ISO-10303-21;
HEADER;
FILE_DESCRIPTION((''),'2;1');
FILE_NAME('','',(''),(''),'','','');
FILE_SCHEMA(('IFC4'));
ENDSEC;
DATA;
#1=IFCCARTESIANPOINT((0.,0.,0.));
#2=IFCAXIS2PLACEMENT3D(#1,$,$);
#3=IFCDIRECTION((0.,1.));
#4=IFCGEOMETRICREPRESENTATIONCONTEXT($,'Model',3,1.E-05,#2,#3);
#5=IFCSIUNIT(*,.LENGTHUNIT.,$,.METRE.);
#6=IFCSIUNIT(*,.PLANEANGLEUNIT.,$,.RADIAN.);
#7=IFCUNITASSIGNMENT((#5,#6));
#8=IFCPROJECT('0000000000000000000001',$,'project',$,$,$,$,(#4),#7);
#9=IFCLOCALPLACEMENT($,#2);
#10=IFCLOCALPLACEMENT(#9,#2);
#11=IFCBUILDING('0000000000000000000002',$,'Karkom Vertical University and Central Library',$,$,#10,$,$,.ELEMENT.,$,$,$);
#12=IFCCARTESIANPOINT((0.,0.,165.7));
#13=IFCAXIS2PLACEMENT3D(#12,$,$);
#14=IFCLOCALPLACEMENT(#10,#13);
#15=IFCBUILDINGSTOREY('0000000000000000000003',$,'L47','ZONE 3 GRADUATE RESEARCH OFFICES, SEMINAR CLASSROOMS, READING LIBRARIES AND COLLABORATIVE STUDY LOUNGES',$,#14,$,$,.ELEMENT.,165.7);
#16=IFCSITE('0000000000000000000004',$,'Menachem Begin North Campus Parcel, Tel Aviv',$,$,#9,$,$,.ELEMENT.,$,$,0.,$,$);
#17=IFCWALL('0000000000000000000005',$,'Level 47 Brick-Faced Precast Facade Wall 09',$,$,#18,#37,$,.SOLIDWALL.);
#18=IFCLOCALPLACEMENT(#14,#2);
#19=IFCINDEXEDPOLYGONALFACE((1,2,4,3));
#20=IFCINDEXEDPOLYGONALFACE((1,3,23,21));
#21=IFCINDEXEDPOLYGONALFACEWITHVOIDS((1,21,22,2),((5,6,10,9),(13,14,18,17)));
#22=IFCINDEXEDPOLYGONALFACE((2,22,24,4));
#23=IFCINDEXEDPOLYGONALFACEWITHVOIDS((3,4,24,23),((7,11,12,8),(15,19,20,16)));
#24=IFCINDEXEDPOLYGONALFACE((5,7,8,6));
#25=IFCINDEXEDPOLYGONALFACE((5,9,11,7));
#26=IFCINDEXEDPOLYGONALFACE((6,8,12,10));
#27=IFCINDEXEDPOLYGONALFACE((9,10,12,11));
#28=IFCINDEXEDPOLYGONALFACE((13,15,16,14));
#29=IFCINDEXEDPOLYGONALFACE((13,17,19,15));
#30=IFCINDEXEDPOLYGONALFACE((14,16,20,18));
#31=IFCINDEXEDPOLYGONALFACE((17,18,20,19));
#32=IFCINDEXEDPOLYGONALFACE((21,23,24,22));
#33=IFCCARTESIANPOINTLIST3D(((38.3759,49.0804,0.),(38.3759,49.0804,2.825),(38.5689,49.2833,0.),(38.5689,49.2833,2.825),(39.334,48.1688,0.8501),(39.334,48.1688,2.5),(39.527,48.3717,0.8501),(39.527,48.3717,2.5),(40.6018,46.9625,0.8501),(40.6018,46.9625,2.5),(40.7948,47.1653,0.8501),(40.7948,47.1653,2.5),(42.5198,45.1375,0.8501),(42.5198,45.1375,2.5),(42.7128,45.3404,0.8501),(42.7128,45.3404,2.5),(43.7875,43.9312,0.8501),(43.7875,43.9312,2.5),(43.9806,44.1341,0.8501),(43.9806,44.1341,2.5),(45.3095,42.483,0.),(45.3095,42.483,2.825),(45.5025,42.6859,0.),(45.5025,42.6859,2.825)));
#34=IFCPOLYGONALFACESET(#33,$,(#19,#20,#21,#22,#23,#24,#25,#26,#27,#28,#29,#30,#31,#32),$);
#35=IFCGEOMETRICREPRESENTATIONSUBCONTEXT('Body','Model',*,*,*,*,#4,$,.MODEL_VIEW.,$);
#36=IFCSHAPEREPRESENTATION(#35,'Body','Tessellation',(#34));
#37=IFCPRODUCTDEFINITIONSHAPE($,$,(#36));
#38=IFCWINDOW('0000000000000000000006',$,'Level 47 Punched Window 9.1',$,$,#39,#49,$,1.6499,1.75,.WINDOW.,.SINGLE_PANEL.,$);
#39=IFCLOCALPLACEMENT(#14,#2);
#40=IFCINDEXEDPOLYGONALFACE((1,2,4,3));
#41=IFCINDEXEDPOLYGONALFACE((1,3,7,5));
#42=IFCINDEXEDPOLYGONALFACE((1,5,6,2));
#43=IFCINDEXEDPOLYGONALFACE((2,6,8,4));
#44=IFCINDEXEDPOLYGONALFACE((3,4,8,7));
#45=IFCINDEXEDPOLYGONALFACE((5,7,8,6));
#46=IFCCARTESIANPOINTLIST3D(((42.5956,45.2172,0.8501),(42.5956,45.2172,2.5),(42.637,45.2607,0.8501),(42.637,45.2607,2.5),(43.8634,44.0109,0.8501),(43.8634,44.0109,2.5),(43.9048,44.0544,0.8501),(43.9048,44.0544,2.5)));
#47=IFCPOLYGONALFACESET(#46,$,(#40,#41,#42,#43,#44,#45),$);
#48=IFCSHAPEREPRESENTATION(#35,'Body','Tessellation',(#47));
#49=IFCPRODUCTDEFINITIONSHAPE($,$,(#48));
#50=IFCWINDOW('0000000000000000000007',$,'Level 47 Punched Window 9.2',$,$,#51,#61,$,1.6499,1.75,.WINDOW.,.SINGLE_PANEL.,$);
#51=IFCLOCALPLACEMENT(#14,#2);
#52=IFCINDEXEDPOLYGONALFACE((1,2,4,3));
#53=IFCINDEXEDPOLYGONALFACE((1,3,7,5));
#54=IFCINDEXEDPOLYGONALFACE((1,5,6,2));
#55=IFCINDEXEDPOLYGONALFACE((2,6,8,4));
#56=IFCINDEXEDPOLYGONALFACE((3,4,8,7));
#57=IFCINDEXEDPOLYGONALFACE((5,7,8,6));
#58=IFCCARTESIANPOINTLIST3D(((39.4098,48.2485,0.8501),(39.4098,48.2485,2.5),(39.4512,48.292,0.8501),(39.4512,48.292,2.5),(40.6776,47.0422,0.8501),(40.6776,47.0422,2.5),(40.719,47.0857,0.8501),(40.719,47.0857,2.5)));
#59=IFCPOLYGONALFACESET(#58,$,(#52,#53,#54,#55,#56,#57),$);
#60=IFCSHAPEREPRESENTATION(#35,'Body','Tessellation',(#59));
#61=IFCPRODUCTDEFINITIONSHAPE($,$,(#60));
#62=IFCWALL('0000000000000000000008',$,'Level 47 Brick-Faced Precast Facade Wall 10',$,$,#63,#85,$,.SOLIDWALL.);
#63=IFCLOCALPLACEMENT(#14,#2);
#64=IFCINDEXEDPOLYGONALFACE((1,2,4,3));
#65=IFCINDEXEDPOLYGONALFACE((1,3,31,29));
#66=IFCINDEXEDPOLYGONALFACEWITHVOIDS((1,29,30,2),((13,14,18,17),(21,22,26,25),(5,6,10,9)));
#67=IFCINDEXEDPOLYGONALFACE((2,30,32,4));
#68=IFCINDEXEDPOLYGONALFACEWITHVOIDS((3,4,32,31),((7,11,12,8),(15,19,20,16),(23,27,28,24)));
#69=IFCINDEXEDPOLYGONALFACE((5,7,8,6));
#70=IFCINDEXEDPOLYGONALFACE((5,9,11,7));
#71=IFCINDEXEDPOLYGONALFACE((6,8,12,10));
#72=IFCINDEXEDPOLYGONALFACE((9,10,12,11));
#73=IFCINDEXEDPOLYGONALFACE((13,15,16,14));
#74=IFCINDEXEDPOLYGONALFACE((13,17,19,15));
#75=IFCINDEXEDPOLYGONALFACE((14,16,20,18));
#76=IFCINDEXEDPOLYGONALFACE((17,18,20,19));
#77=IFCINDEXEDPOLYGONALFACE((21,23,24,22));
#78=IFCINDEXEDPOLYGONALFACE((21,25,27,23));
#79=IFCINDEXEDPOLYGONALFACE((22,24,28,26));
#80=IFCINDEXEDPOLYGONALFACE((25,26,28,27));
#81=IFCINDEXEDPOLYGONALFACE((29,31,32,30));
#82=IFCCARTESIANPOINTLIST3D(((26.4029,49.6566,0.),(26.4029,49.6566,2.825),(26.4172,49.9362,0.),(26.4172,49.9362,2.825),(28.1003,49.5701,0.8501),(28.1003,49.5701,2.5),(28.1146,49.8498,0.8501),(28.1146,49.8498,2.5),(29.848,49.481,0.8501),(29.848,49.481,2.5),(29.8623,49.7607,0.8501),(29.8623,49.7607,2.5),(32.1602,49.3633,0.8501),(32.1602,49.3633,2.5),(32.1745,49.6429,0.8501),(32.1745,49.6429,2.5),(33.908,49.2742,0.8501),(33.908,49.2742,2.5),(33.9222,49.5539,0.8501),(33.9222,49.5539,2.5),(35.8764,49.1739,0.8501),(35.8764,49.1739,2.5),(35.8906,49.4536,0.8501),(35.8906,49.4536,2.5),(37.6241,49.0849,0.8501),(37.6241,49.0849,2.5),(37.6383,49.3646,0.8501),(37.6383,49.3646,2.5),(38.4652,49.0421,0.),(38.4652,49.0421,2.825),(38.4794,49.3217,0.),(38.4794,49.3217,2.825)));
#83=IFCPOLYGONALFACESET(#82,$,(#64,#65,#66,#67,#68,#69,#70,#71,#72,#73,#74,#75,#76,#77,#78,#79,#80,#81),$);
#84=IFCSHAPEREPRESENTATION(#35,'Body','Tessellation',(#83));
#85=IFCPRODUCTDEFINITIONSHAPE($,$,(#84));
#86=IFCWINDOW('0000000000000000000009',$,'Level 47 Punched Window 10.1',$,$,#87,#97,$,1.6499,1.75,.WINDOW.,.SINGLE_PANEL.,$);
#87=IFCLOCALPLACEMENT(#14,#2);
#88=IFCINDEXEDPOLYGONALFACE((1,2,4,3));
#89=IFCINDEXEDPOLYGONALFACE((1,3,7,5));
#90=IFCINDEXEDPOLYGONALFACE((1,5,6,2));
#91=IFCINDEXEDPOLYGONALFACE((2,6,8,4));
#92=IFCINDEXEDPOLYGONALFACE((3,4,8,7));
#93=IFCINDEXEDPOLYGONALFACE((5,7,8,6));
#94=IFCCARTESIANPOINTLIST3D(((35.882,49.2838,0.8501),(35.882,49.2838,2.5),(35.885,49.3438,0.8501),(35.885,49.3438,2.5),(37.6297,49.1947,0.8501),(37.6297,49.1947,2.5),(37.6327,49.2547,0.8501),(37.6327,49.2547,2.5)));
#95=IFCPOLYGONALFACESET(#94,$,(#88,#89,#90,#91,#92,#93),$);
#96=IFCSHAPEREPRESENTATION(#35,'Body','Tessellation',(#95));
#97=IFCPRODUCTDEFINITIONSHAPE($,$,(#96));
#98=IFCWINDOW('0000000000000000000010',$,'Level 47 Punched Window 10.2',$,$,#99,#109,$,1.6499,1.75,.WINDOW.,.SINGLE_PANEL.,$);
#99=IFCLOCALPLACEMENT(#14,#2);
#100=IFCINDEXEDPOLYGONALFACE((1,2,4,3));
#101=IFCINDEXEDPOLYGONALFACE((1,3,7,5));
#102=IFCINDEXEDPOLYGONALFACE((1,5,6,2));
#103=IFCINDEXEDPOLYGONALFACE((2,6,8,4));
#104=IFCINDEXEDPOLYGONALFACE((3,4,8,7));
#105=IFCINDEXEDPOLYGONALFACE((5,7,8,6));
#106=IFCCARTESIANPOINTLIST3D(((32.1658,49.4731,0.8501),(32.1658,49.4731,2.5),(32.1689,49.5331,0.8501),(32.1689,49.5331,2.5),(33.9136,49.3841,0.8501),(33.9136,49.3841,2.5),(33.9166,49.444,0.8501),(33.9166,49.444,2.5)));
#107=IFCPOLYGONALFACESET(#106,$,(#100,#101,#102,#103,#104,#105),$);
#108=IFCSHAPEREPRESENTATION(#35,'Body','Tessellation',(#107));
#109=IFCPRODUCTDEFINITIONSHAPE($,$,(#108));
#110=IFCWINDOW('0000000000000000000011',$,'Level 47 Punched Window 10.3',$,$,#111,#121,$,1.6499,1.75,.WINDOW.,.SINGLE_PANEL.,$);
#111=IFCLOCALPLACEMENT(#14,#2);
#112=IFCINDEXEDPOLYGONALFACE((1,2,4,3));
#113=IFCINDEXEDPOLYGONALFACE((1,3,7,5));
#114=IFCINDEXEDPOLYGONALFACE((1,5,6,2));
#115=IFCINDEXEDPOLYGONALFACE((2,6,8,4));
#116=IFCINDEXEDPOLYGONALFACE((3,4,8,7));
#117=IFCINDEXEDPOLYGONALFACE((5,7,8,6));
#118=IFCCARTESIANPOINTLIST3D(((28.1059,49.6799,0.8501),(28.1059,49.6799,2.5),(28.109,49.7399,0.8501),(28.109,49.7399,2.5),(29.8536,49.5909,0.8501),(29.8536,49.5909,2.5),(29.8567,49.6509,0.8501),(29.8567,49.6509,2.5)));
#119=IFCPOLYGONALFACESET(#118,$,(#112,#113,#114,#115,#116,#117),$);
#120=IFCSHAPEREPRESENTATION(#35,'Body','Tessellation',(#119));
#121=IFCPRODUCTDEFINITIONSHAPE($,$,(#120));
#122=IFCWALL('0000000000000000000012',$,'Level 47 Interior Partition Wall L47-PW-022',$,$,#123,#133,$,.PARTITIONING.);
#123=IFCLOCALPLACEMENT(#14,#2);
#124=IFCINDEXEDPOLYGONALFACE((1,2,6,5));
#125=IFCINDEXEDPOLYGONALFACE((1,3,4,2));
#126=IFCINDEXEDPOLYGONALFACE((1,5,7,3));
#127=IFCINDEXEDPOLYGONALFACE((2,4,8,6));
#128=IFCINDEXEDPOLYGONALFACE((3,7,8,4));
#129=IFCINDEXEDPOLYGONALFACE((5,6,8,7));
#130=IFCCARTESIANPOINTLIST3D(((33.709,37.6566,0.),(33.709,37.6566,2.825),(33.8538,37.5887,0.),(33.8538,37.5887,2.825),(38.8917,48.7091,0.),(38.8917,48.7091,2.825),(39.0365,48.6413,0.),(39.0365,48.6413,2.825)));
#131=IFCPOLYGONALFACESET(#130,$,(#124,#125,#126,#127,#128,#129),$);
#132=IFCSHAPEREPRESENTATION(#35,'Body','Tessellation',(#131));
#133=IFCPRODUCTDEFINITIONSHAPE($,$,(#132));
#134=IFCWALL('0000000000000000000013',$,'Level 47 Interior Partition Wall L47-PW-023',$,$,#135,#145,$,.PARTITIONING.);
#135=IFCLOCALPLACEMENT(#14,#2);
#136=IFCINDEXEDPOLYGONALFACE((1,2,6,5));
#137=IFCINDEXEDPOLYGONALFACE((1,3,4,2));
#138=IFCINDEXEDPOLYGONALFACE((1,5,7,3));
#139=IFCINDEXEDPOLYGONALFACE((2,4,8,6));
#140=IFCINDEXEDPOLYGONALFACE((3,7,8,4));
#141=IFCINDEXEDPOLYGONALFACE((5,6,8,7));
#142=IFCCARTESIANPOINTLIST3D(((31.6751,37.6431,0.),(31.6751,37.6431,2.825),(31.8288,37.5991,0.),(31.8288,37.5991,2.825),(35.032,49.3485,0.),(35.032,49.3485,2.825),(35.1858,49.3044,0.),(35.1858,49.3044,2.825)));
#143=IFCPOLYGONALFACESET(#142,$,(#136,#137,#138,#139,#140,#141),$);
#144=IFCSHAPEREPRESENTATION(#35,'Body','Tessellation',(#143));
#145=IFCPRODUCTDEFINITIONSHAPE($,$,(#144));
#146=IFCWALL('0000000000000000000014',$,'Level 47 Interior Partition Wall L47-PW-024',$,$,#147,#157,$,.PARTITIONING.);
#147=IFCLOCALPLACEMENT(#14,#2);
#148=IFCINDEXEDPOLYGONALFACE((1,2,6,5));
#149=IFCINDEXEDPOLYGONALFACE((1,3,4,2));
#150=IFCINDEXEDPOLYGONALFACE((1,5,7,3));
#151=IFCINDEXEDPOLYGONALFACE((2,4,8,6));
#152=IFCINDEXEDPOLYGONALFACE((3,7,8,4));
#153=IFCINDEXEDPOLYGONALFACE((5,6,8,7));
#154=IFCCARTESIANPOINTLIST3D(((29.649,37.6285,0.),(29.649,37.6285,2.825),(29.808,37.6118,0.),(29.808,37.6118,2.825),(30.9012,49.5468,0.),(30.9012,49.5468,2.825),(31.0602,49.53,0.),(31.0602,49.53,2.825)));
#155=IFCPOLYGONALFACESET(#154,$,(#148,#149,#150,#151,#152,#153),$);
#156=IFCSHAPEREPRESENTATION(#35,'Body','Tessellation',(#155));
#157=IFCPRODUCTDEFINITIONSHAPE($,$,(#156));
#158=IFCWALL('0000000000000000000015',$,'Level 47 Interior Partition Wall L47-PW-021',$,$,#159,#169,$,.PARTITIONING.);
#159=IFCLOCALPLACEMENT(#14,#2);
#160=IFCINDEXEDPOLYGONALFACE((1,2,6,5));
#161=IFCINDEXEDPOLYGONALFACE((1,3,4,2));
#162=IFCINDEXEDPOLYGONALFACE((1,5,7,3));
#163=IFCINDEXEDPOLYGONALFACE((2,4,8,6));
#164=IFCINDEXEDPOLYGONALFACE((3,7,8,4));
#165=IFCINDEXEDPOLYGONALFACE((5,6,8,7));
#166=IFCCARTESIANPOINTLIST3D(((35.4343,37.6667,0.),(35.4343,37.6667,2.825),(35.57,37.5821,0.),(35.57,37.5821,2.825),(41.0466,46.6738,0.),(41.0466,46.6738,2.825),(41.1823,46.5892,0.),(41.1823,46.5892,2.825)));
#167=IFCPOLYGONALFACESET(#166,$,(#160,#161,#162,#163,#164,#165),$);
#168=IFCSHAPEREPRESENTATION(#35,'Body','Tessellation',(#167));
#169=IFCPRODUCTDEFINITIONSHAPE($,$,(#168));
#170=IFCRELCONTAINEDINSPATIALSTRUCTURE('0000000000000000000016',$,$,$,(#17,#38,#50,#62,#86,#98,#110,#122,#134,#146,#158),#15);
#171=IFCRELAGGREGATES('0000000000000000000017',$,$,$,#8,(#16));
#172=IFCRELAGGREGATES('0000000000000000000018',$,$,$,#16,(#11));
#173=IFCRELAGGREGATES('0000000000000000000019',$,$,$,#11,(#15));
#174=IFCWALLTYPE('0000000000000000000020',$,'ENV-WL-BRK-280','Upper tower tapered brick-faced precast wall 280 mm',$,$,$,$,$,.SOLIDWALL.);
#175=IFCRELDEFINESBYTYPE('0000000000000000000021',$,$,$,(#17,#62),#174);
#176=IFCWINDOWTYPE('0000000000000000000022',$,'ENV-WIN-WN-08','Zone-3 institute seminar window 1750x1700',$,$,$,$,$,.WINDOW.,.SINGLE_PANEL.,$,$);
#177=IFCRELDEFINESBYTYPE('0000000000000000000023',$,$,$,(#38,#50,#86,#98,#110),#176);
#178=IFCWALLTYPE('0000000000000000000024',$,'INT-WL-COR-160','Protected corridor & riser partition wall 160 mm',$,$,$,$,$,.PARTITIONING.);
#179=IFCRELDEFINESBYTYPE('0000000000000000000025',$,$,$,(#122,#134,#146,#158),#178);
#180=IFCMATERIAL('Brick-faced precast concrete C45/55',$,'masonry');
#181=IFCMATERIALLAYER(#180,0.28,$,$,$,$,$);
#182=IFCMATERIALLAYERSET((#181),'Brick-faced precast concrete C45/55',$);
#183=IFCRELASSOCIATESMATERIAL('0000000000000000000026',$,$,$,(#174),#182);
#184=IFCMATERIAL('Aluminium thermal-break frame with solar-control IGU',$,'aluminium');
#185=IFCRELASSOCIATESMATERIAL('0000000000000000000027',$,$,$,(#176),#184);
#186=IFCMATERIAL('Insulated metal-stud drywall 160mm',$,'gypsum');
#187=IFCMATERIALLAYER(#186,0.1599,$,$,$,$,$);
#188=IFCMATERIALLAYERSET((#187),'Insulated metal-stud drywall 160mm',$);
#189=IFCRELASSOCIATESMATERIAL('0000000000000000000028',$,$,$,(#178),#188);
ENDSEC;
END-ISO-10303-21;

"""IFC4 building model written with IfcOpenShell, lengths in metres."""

from ifc_helpers import new_model, si_unit, direction, frame, frame_2d, origin, origin_with_axes, place, context, subcontext, project, spatial, rectangle, extrude, source, transform, mapped, material, layer, layer_set, type_object, element, fill, save


model = new_model("IFC4")

# Units and contexts
model_context = context("Model", 3, precision=1e-05, world=origin(), true_north=direction((0.0, 1.0)))
body_context = subcontext(model_context, "Body", "Model", "MODEL_VIEW")
ifc_project = project(units=[si_unit("LENGTHUNIT", "METRE"), si_unit("PLANEANGLEUNIT", "RADIAN")], contexts=[model_context])

# Site, building, storey
site_placement = place(None, origin())
site = spatial("IfcSite", under=ifc_project, at=site_placement, Name="Menachem Begin North Campus Parcel, Tel Aviv", CompositionType="ELEMENT", RefElevation=0.0)
building_placement = place(site_placement, origin())
building = spatial("IfcBuilding", under=site, at=building_placement, Name="Karkom Vertical University and Central Library", CompositionType="ELEMENT")
storey_placement = place(building_placement, frame((0.0, 0.0, 165.7)))
storey = spatial("IfcBuildingStorey", under=building, at=storey_placement, Name="L47", Description="ZONE 3 GRADUATE RESEARCH OFFICES, SEMINAR CLASSROOMS, READING LIBRARIES AND COLLABORATIVE STUDY LOUNGES", CompositionType="ELEMENT", Elevation=165.7)

# Walls, openings, windows
ifc_material_1 = material(Name="Brick-faced precast concrete C45/55", Category="masonry")
ifc_layer_1 = layer(ifc_material_1, 0.28)
ifc_layer_set_1 = layer_set([ifc_layer_1], Name="Brick-faced precast concrete C45/55")
wall_type_1 = type_object("IfcWallType", Name="ENV-WL-BRK-280", Description="Upper tower tapered brick-faced precast wall 280 mm", PredefinedType="SOLIDWALL", material=ifc_layer_set_1)
wall_1_placement = place(storey_placement, frame((45.406, 42.5845, 0.0), z_axis=(0.0, 0.0, 1.0), x_axis=(-0.724451, 0.689326, 0.0)))
wall_1 = element("IfcWall", 1, at=wall_1_placement, inside=storey, type_object=wall_type_1, Name="Level 47 Brick-Faced Precast Facade Wall 09", PredefinedType="SOLIDWALL", context=body_context, shape_type="SweptSolid", body=[
    extrude(rectangle(XDim=9.5708, YDim=0.28, at=frame_2d((4.7854, 0.0))), origin(), (0.0, 0.0, 1.0), 2.825),
])
opening_1_placement = place(wall_1_placement, frame((2.1008, 0.0, 0.8501)))
opening_1 = element("IfcOpeningElement", 2, at=opening_1_placement, cuts=wall_1, PredefinedType="OPENING", context=body_context, shape_type="SweptSolid", body=[
    extrude(rectangle(XDim=1.75, YDim=1.6499, at=frame_2d((0.875, 0.825))), frame((0.0, 0.1499, 0.0), z_axis=(0.0, -1.0, 0.0), x_axis=(1.0, 0.0, 0.0)), (0.0, 0.0, 1.0), 0.3),
])
opening_2_placement = place(wall_1_placement, frame((6.4983, 0.0, 0.8501)))
opening_2 = element("IfcOpeningElement", 3, at=opening_2_placement, cuts=wall_1, PredefinedType="OPENING", context=body_context, shape_type="SweptSolid", body=[
    extrude(rectangle(XDim=1.75, YDim=1.6499, at=frame_2d((0.875, 0.825))), frame((0.0, 0.1499, 0.0), z_axis=(0.0, -1.0, 0.0), x_axis=(1.0, 0.0, 0.0)), (0.0, 0.0, 1.0), 0.3),
])
ifc_material_2 = material(Name="Aluminium thermal-break frame with solar-control IGU", Category="aluminium")
window_type = type_object("IfcWindowType", Name="ENV-WIN-WN-08", Description="Zone-3 institute seminar window 1750x1700", PartitioningType="SINGLE_PANEL", PredefinedType="WINDOW", material=ifc_material_2)
shared_shape_1 = source(origin_with_axes(), body_context, "Body", "SweptSolid", [
    extrude(rectangle(XDim=1.75, YDim=1.6499, at=frame_2d((0.875, 0.825))), frame((0.0, 0.03, 0.0), z_axis=(0.0, -1.0, 0.0), x_axis=(1.0, 0.0, 0.0)), (0.0, 0.0, 1.0), 0.0601),
])
window_1_placement = place(opening_1_placement, origin())
window_1 = element("IfcWindow", 4, at=window_1_placement, inside=storey, type_object=window_type, Name="Level 47 Punched Window 9.1", OverallHeight=1.6499, OverallWidth=1.75, PartitioningType="SINGLE_PANEL", PredefinedType="WINDOW", context=body_context, shape_type="MappedRepresentation", body=[
    mapped(shared_shape_1, transform((0.0, 0.0, 0.0), scale=1.0)),
])
fill(opening_1, window_1)
window_2_placement = place(opening_2_placement, origin())
window_2 = element("IfcWindow", 5, at=window_2_placement, inside=storey, type_object=window_type, Name="Level 47 Punched Window 9.2", OverallHeight=1.6499, OverallWidth=1.75, PartitioningType="SINGLE_PANEL", PredefinedType="WINDOW", context=body_context, shape_type="MappedRepresentation", body=[
    mapped(shared_shape_1, transform((0.0, 0.0, 0.0), scale=1.0)),
])
fill(opening_2, window_2)
wall_2_placement = place(storey_placement, frame((38.4724, 49.1819, 0.0), z_axis=(0.0, 0.0, 1.0), x_axis=(-0.998705, 0.050878, 0.0)))
wall_2 = element("IfcWall", 6, at=wall_2_placement, inside=storey, type_object=wall_type_1, Name="Level 47 Brick-Faced Precast Facade Wall 10", PredefinedType="SOLIDWALL", context=body_context, shape_type="SweptSolid", body=[
    extrude(rectangle(XDim=12.0779, YDim=0.28, at=frame_2d((6.0391, 0.0))), origin(), (0.0, 0.0, 1.0), 2.825),
])
opening_3_placement = place(wall_2_placement, frame((0.8423, 0.0, 0.8501)))
opening_3 = element("IfcOpeningElement", 7, at=opening_3_placement, cuts=wall_2, PredefinedType="OPENING", context=body_context, shape_type="SweptSolid", body=[
    extrude(rectangle(XDim=1.75, YDim=1.6499, at=frame_2d((0.875, 0.825))), frame((0.0, 0.1499, 0.0), z_axis=(0.0, -1.0, 0.0), x_axis=(1.0, 0.0, 0.0)), (0.0, 0.0, 1.0), 0.3),
])
opening_4_placement = place(wall_2_placement, frame((4.5632, 0.0, 0.8501)))
opening_4 = element("IfcOpeningElement", 8, at=opening_4_placement, cuts=wall_2, PredefinedType="OPENING", context=body_context, shape_type="SweptSolid", body=[
    extrude(rectangle(XDim=1.75, YDim=1.6499, at=frame_2d((0.875, 0.825))), frame((0.0, 0.1499, 0.0), z_axis=(0.0, -1.0, 0.0), x_axis=(1.0, 0.0, 0.0)), (0.0, 0.0, 1.0), 0.3),
])
opening_5_placement = place(wall_2_placement, frame((8.6284, 0.0, 0.8501)))
opening_5 = element("IfcOpeningElement", 9, at=opening_5_placement, cuts=wall_2, PredefinedType="OPENING", context=body_context, shape_type="SweptSolid", body=[
    extrude(rectangle(XDim=1.75, YDim=1.6499, at=frame_2d((0.875, 0.825))), frame((0.0, 0.1499, 0.0), z_axis=(0.0, -1.0, 0.0), x_axis=(1.0, 0.0, 0.0)), (0.0, 0.0, 1.0), 0.3),
])
window_3_placement = place(opening_3_placement, origin())
window_3 = element("IfcWindow", 10, at=window_3_placement, inside=storey, type_object=window_type, Name="Level 47 Punched Window 10.1", OverallHeight=1.6499, OverallWidth=1.75, PartitioningType="SINGLE_PANEL", PredefinedType="WINDOW", context=body_context, shape_type="MappedRepresentation", body=[
    mapped(shared_shape_1, transform((0.0, 0.0, 0.0), scale=1.0)),
])
fill(opening_3, window_3)
window_4_placement = place(opening_4_placement, origin())
window_4 = element("IfcWindow", 11, at=window_4_placement, inside=storey, type_object=window_type, Name="Level 47 Punched Window 10.2", OverallHeight=1.6499, OverallWidth=1.75, PartitioningType="SINGLE_PANEL", PredefinedType="WINDOW", context=body_context, shape_type="MappedRepresentation", body=[
    mapped(shared_shape_1, transform((0.0, 0.0, 0.0), scale=1.0)),
])
fill(opening_4, window_4)
window_5_placement = place(opening_5_placement, origin())
window_5 = element("IfcWindow", 12, at=window_5_placement, inside=storey, type_object=window_type, Name="Level 47 Punched Window 10.3", OverallHeight=1.6499, OverallWidth=1.75, PartitioningType="SINGLE_PANEL", PredefinedType="WINDOW", context=body_context, shape_type="MappedRepresentation", body=[
    mapped(shared_shape_1, transform((0.0, 0.0, 0.0), scale=1.0)),
])
fill(opening_5, window_5)

# Shared definitions
ifc_material_3 = material(Name="Insulated metal-stud drywall 160mm", Category="gypsum")
ifc_layer_2 = layer(ifc_material_3, 0.1599)
ifc_layer_set_2 = layer_set([ifc_layer_2], Name="Insulated metal-stud drywall 160mm")
wall_type_2 = type_object("IfcWallType", Name="INT-WL-COR-160", Description="Protected corridor & riser partition wall 160 mm", PredefinedType="PARTITIONING", material=ifc_layer_set_2)

# Walls
wall_3_placement = place(storey_placement, frame((33.7815, 37.6228, 0.0), z_axis=(0.0, 0.0, 1.0), x_axis=(0.424552, 0.905403, 0.0)))
element("IfcWall", 13, at=wall_3_placement, inside=storey, type_object=wall_type_2, Name="Level 47 Interior Partition Wall L47-PW-022", PredefinedType="PARTITIONING", context=body_context, shape_type="SweptSolid", body=[
    extrude(rectangle(XDim=12.2073, YDim=0.1599, at=frame_2d((6.1035, 0.0))), origin(), (0.0, 0.0, 1.0), 2.825),
])
wall_4_placement = place(storey_placement, frame((31.752, 37.6211, 0.0), z_axis=(0.0, 0.0, 1.0), x_axis=(0.275674, 0.961251, 0.0)))
element("IfcWall", 14, at=wall_4_placement, inside=storey, type_object=wall_type_2, Name="Level 47 Interior Partition Wall L47-PW-023", PredefinedType="PARTITIONING", context=body_context, shape_type="SweptSolid", body=[
    extrude(rectangle(XDim=12.1772, YDim=0.1599, at=frame_2d((6.0886, 0.0))), origin(), (0.0, 0.0, 1.0), 2.825),
])
wall_5_placement = place(storey_placement, frame((29.7285, 37.6201, 0.0), z_axis=(0.0, 0.0, 1.0), x_axis=(0.104491, 0.994526, 0.0)))
element("IfcWall", 15, at=wall_5_placement, inside=storey, type_object=wall_type_2, Name="Level 47 Interior Partition Wall L47-PW-024", PredefinedType="PARTITIONING", context=body_context, shape_type="SweptSolid", body=[
    extrude(rectangle(XDim=11.9839, YDim=0.1599, at=frame_2d((5.9919, 0.0))), origin(), (0.0, 0.0, 1.0), 2.825),
])
wall_6_placement = place(storey_placement, frame((35.5022, 37.6245, 0.0), z_axis=(0.0, 0.0, 1.0), x_axis=(0.528838, 0.848723, 0.0)))
element("IfcWall", 16, at=wall_6_placement, inside=storey, type_object=wall_type_2, Name="Level 47 Interior Partition Wall L47-PW-021", PredefinedType="PARTITIONING", context=body_context, shape_type="SweptSolid", body=[
    extrude(rectangle(XDim=10.6125, YDim=0.1599, at=frame_2d((5.3062, 0.0))), origin(), (0.0, 0.0, 1.0), 2.825),
])

save(model, "model.ifc")
